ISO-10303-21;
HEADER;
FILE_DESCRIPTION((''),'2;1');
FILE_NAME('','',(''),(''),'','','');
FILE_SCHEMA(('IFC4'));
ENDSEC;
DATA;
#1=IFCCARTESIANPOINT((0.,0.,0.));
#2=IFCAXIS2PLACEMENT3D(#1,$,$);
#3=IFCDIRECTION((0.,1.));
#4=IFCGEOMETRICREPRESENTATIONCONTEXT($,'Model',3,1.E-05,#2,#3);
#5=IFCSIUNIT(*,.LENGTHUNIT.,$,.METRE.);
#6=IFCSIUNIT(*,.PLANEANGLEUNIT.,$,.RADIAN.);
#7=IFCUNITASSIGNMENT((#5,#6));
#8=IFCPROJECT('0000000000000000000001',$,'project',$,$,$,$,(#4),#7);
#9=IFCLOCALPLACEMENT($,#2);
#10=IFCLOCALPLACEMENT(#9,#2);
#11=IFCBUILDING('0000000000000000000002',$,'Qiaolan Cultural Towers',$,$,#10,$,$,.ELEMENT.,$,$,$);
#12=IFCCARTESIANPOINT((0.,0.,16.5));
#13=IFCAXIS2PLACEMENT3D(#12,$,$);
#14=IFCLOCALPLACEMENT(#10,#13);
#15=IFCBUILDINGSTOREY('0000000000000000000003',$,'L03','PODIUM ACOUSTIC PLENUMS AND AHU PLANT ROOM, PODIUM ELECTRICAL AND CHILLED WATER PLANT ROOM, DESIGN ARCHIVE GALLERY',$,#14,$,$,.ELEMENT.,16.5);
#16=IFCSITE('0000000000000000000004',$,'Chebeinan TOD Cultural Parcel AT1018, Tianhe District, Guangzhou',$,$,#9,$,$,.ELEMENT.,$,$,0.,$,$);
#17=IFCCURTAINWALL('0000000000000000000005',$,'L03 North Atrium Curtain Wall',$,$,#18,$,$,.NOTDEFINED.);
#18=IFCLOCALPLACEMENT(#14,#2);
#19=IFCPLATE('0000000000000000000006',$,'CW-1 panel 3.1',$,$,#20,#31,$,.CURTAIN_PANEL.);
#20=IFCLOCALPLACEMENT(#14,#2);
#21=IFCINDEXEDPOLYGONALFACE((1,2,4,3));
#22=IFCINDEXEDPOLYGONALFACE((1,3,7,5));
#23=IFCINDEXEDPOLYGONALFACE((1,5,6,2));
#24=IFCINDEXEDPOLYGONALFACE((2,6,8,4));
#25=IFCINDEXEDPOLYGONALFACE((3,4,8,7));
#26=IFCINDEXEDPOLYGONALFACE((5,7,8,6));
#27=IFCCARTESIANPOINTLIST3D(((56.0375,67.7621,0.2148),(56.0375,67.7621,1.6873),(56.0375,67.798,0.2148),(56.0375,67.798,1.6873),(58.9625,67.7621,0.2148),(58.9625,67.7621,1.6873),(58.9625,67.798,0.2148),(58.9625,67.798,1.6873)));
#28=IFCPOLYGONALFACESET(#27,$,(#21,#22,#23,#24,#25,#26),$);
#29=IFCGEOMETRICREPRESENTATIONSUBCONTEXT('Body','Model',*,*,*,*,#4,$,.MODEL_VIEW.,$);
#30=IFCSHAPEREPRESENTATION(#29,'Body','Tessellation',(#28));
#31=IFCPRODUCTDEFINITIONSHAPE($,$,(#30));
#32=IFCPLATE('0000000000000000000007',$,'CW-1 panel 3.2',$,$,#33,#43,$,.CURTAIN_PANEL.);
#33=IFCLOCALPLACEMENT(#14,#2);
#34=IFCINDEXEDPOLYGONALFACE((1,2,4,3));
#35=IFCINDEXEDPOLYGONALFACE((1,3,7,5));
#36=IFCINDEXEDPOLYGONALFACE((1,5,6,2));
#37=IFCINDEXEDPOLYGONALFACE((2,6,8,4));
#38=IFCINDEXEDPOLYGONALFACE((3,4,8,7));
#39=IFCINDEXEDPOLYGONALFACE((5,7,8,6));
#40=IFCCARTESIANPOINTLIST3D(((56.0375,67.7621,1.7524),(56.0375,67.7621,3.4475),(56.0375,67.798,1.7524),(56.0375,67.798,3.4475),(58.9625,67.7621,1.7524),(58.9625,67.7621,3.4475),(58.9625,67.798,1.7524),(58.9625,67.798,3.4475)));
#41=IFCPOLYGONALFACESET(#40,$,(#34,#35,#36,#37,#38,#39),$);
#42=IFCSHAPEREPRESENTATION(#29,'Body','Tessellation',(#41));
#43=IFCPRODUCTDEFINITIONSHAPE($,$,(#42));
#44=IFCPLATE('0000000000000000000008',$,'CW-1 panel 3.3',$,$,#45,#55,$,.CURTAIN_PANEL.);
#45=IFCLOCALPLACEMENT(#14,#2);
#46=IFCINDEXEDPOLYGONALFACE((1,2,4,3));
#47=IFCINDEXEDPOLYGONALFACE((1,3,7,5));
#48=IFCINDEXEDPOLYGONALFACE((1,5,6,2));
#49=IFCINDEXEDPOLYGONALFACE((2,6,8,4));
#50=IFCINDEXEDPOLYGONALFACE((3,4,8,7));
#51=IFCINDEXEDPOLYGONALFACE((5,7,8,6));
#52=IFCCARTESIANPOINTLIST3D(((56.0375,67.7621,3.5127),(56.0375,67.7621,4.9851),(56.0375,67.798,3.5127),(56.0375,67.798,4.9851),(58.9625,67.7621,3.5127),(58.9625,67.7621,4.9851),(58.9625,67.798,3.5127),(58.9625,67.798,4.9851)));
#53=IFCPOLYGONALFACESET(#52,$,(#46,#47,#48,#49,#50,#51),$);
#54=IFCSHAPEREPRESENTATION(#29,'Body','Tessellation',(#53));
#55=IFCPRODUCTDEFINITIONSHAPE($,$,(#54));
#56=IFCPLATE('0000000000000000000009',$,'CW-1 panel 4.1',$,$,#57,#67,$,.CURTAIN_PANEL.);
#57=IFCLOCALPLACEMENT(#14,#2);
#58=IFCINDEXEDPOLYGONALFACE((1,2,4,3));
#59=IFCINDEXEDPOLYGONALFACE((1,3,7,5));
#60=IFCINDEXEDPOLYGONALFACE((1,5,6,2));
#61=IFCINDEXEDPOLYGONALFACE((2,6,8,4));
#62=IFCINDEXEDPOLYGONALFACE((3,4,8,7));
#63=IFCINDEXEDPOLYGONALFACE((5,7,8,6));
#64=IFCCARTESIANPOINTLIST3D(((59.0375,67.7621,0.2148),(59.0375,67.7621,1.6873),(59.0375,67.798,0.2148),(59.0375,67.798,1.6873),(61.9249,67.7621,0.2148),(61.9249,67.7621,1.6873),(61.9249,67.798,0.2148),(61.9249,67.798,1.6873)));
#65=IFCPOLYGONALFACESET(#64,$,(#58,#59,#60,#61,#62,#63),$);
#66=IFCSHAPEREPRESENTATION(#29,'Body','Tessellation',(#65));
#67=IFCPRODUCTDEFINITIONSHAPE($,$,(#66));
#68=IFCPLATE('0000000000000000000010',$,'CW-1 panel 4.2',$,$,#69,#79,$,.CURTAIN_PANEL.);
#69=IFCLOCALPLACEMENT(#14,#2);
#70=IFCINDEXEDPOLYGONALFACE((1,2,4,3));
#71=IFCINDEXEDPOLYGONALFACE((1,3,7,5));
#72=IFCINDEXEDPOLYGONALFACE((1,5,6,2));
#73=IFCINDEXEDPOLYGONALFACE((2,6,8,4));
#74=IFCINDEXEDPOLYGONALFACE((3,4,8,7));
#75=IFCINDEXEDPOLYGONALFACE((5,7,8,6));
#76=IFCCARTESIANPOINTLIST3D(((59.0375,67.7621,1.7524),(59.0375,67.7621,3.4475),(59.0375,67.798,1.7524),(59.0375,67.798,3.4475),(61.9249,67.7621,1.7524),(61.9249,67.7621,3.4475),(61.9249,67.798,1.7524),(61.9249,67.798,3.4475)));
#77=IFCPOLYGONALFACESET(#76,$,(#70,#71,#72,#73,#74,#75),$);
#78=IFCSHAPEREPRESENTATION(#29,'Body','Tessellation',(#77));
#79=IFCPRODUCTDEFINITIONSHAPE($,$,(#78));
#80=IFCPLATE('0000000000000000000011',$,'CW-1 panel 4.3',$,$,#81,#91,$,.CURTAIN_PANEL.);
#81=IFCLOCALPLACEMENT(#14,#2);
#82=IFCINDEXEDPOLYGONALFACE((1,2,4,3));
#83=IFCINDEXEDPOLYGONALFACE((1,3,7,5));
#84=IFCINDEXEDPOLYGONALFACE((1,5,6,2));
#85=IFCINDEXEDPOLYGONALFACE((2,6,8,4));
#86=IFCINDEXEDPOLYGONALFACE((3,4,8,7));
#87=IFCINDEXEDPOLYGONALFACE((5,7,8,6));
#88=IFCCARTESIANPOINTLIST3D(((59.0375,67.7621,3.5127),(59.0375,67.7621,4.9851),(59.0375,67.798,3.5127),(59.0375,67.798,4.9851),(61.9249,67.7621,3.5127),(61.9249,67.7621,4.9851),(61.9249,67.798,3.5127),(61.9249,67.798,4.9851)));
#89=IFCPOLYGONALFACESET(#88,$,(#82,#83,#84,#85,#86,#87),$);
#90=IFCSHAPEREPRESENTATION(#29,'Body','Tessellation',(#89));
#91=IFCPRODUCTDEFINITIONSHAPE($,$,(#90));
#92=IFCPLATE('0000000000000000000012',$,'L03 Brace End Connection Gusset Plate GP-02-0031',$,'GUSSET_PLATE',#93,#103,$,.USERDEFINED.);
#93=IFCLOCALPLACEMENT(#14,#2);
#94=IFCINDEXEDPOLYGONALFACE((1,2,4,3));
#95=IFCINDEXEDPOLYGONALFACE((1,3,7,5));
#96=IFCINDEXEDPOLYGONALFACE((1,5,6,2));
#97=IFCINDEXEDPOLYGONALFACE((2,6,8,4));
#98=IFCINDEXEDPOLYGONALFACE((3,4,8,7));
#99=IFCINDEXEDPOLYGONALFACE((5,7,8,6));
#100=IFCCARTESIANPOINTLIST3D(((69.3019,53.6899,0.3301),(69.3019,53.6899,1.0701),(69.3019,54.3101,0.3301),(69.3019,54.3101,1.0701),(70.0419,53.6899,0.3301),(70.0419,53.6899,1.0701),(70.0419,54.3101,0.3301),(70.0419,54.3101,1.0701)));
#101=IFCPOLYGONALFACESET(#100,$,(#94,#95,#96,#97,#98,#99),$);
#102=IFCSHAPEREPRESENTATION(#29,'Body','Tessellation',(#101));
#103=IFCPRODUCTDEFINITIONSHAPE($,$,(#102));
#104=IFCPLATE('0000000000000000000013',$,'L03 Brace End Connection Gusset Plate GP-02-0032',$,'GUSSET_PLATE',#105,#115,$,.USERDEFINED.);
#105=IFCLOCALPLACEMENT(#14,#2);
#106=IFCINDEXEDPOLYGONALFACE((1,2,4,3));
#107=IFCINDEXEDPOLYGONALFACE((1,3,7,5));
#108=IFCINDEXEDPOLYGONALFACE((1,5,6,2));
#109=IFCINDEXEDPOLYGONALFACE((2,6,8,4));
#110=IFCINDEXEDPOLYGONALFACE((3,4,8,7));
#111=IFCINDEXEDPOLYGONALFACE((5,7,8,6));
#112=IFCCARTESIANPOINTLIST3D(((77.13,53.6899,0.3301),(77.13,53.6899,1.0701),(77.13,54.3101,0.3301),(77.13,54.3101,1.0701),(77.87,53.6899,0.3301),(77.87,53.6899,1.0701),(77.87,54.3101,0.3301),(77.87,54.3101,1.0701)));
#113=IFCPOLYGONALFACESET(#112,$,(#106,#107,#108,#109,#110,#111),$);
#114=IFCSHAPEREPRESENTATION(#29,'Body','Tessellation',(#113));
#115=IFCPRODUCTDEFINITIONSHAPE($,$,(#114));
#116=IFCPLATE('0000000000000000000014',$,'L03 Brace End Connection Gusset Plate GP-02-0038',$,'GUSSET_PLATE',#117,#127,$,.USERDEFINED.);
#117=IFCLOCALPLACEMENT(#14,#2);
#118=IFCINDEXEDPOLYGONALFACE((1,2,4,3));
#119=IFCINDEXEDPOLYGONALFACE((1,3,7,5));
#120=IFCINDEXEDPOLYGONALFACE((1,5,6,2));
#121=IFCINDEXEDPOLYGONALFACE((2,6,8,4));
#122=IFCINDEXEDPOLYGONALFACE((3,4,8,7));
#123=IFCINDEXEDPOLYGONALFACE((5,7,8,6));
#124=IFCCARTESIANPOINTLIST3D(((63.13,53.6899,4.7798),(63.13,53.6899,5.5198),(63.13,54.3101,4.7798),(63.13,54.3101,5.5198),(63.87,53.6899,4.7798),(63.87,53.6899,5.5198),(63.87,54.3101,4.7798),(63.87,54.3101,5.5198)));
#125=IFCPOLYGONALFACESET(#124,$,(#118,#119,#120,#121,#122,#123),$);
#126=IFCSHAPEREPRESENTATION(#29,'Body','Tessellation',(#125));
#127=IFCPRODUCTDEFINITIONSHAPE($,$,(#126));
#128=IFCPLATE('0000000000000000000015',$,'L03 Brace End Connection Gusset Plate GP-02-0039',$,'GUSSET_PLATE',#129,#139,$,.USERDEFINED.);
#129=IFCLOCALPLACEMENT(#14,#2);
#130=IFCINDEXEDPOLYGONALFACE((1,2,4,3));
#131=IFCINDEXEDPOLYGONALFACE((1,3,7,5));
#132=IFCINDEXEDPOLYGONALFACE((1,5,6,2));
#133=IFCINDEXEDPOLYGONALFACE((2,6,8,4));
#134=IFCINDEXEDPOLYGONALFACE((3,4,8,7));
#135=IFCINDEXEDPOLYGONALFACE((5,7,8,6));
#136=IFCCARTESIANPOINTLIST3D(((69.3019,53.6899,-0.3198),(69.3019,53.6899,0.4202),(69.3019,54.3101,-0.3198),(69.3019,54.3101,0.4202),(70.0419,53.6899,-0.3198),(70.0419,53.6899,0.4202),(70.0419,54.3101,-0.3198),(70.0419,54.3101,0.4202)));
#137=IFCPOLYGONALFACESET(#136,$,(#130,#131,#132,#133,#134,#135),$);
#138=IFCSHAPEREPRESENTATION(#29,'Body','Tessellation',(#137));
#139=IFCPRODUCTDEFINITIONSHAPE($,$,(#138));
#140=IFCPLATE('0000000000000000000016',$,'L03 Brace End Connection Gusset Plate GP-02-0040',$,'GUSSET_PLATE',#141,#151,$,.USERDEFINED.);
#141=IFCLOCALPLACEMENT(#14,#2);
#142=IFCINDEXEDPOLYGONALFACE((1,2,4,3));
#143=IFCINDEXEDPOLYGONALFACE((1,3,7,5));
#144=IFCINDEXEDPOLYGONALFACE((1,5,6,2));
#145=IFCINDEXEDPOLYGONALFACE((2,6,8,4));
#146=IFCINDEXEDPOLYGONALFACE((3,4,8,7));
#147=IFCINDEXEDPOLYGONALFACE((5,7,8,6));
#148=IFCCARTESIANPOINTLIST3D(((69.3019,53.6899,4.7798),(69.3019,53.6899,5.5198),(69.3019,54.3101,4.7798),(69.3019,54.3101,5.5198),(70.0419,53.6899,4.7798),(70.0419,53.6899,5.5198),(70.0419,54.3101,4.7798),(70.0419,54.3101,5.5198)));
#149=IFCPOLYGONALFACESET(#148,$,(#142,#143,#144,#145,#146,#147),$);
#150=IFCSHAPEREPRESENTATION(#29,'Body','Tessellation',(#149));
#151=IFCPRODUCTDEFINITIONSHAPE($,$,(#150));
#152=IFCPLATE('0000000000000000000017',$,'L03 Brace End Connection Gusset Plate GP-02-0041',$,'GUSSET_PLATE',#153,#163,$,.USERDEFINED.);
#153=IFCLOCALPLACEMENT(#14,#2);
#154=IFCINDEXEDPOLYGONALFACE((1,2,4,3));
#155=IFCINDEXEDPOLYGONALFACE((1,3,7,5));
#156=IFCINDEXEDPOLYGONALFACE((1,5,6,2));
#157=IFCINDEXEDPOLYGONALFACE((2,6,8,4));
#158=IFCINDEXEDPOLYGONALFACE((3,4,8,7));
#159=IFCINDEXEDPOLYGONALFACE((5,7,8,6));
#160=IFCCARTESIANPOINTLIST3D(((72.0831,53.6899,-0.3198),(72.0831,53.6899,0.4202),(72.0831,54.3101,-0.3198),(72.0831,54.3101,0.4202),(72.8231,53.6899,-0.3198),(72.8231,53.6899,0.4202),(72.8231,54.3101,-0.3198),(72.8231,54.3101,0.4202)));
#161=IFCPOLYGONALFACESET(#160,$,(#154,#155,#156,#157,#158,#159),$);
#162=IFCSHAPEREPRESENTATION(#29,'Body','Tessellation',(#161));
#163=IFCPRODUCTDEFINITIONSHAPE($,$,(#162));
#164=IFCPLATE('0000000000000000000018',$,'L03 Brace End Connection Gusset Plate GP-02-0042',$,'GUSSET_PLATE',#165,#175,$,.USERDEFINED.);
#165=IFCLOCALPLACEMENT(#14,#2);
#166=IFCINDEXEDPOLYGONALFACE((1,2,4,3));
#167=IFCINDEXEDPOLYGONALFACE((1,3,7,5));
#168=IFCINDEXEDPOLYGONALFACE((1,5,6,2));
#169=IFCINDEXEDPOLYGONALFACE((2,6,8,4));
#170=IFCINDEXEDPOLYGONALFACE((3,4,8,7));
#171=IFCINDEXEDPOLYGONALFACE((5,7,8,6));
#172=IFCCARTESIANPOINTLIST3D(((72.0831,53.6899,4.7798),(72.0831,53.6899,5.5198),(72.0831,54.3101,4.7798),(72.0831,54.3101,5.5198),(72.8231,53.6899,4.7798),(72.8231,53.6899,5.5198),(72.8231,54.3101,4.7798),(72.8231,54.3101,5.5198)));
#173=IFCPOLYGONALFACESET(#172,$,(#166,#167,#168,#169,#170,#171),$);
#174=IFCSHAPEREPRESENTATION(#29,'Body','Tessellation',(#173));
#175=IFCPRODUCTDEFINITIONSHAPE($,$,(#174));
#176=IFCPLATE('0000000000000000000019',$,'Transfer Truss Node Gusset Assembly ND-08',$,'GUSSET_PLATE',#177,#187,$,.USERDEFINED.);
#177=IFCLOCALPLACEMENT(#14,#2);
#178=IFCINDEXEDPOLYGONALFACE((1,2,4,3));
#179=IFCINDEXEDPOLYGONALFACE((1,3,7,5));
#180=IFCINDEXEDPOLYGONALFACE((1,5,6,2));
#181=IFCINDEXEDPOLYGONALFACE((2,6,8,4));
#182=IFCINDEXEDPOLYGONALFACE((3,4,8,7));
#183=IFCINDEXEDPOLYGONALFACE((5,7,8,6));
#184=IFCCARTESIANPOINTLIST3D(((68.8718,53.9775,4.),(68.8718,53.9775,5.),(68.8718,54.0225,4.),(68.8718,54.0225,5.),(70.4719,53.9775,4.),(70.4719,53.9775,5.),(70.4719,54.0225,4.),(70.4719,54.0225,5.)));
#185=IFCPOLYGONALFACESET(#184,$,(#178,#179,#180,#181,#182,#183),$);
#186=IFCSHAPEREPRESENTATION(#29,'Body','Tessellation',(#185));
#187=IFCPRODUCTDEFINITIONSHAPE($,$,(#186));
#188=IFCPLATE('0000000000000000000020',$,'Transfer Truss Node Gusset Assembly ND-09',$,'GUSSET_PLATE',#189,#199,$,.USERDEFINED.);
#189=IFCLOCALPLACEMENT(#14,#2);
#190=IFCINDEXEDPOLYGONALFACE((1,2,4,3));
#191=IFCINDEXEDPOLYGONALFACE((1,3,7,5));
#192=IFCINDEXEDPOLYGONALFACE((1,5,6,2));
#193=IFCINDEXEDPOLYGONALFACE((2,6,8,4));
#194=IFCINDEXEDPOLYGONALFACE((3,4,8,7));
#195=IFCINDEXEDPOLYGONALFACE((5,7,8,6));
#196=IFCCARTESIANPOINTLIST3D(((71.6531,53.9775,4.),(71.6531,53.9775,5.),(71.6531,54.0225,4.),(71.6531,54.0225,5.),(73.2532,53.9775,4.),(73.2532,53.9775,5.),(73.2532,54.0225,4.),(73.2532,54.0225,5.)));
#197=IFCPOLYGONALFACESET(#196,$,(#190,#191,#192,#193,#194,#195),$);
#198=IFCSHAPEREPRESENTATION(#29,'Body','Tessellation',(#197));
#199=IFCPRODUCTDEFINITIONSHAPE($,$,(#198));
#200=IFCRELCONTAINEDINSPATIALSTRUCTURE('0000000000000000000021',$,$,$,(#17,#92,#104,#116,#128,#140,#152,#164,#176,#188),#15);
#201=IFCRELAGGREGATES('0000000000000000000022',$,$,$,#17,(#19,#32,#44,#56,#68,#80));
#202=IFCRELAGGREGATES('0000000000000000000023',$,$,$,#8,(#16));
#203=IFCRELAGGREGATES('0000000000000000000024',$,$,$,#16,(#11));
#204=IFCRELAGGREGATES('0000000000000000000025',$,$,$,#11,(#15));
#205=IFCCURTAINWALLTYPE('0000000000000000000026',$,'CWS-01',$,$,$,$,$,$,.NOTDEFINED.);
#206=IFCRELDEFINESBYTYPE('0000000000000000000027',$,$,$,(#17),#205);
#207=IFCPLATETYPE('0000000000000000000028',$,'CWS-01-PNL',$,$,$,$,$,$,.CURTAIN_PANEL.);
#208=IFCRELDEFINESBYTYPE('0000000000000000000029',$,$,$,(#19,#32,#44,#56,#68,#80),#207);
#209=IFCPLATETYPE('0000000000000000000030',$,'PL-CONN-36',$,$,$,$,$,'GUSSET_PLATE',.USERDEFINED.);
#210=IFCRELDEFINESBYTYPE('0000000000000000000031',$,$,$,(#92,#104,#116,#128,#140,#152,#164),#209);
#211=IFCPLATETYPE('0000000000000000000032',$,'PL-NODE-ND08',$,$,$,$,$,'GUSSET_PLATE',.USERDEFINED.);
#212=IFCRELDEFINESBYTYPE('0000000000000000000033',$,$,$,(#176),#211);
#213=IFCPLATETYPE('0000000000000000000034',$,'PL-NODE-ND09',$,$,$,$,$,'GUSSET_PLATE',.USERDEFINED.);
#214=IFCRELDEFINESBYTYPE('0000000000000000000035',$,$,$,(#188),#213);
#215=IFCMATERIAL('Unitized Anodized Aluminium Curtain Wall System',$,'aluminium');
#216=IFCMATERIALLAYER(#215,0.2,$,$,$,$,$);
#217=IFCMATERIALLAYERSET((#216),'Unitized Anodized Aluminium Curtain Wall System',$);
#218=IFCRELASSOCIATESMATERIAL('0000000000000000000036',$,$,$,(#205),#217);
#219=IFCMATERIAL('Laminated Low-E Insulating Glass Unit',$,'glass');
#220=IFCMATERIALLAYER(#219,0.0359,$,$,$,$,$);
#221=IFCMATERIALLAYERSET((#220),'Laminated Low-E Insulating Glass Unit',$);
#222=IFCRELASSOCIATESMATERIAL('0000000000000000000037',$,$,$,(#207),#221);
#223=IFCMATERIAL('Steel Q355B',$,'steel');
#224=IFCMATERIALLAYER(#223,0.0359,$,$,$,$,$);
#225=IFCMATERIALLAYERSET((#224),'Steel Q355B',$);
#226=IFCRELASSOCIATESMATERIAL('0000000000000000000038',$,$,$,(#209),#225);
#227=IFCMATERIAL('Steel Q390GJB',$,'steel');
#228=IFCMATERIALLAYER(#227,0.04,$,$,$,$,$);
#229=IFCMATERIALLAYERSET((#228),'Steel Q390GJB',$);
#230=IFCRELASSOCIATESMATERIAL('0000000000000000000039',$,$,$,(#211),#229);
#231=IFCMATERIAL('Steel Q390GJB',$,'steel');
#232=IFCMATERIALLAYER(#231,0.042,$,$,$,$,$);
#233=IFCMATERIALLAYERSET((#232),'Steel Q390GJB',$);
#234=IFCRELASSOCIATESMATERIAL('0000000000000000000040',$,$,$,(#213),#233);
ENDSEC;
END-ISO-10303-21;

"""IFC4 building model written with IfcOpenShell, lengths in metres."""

from ifc_helpers import new_model, si_unit, direction, frame, origin, origin_2d, place, context, subcontext, project, spatial, rectangle, extrude, material, layer, layer_set, type_object, element, aggregate, save


model = new_model("IFC4")

# Units and contexts
model_context = context("Model", 3, precision=1e-05, world=origin(), true_north=direction((0.0, 1.0)))
body_context = subcontext(model_context, "Body", "Model", "MODEL_VIEW")
ifc_project = project(units=[si_unit("LENGTHUNIT", "METRE"), si_unit("PLANEANGLEUNIT", "RADIAN")], contexts=[model_context])

# Site, building, storey
site_placement = place(None, origin())
site = spatial("IfcSite", under=ifc_project, at=site_placement, Name="Chebeinan TOD Cultural Parcel AT1018, Tianhe District, Guangzhou", CompositionType="ELEMENT", RefElevation=0.0)
building_placement = place(site_placement, origin())
building = spatial("IfcBuilding", under=site, at=building_placement, Name="Qiaolan Cultural Towers", CompositionType="ELEMENT")
storey_placement = place(building_placement, frame((0.0, 0.0, 16.5)))
storey = spatial("IfcBuildingStorey", under=building, at=storey_placement, Name="L03", Description="PODIUM ACOUSTIC PLENUMS AND AHU PLANT ROOM, PODIUM ELECTRICAL AND CHILLED WATER PLANT ROOM, DESIGN ARCHIVE GALLERY", CompositionType="ELEMENT", Elevation=16.5)

# Curtain wall
ifc_material_1 = material(Name="Unitized Anodized Aluminium Curtain Wall System", Category="aluminium")
ifc_layer_1 = layer(ifc_material_1, 0.2)
ifc_layer_set_1 = layer_set([ifc_layer_1], Name="Unitized Anodized Aluminium Curtain Wall System")
curtain_wall_type = type_object("IfcCurtainWallType", Name="CWS-01", PredefinedType="NOTDEFINED", material=ifc_layer_set_1)
curtain_wall_placement = place(storey_placement, origin())
curtain_wall = element("IfcCurtainWall", 1, at=curtain_wall_placement, inside=storey, type_object=curtain_wall_type, Name="L03 North Atrium Curtain Wall", PredefinedType="NOTDEFINED")

# Plates
ifc_material_2 = material(Name="Laminated Low-E Insulating Glass Unit", Category="glass")
ifc_layer_2 = layer(ifc_material_2, 0.0359)
ifc_layer_set_2 = layer_set([ifc_layer_2], Name="Laminated Low-E Insulating Glass Unit")
plate_type_1 = type_object("IfcPlateType", Name="CWS-01-PNL", PredefinedType="CURTAIN_PANEL", material=ifc_layer_set_2)
plate_1_placement = place(storey_placement, frame((57.5, 67.78, 0.2148), z_axis=(0.0, 0.0, 1.0), x_axis=(1.0, 0.0, 0.0)))
plate_1 = element("IfcPlate", 2, at=plate_1_placement, type_object=plate_type_1, Name="CW-1 panel 3.1", PredefinedType="CURTAIN_PANEL", context=body_context, shape_type="SweptSolid", body=[
    extrude(rectangle(XDim=2.925, YDim=0.0359, at=origin_2d()), origin(), (0.0, 0.0, 1.0), 1.4724),
])
plate_2_placement = place(storey_placement, frame((57.5, 67.78, 1.7524), z_axis=(0.0, 0.0, 1.0), x_axis=(1.0, 0.0, 0.0)))
plate_2 = element("IfcPlate", 3, at=plate_2_placement, type_object=plate_type_1, Name="CW-1 panel 3.2", PredefinedType="CURTAIN_PANEL", context=body_context, shape_type="SweptSolid", body=[
    extrude(rectangle(XDim=2.925, YDim=0.0359, at=origin_2d()), origin(), (0.0, 0.0, 1.0), 1.6951),
])
plate_3_placement = place(storey_placement, frame((57.5, 67.78, 3.5127), z_axis=(0.0, 0.0, 1.0), x_axis=(1.0, 0.0, 0.0)))
plate_3 = element("IfcPlate", 4, at=plate_3_placement, type_object=plate_type_1, Name="CW-1 panel 3.3", PredefinedType="CURTAIN_PANEL", context=body_context, shape_type="SweptSolid", body=[
    extrude(rectangle(XDim=2.925, YDim=0.0359, at=origin_2d()), origin(), (0.0, 0.0, 1.0), 1.4724),
])
plate_4_placement = place(storey_placement, frame((60.4812, 67.78, 0.2148), z_axis=(0.0, 0.0, 1.0), x_axis=(1.0, 0.0, 0.0)))
plate_4 = element("IfcPlate", 5, at=plate_4_placement, type_object=plate_type_1, Name="CW-1 panel 4.1", PredefinedType="CURTAIN_PANEL", context=body_context, shape_type="SweptSolid", body=[
    extrude(rectangle(XDim=2.8875, YDim=0.0359, at=origin_2d()), origin(), (0.0, 0.0, 1.0), 1.4724),
])
plate_5_placement = place(storey_placement, frame((60.4812, 67.78, 1.7524), z_axis=(0.0, 0.0, 1.0), x_axis=(1.0, 0.0, 0.0)))
plate_5 = element("IfcPlate", 6, at=plate_5_placement, type_object=plate_type_1, Name="CW-1 panel 4.2", PredefinedType="CURTAIN_PANEL", context=body_context, shape_type="SweptSolid", body=[
    extrude(rectangle(XDim=2.8875, YDim=0.0359, at=origin_2d()), origin(), (0.0, 0.0, 1.0), 1.6951),
])
plate_6_placement = place(storey_placement, frame((60.4812, 67.78, 3.5127), z_axis=(0.0, 0.0, 1.0), x_axis=(1.0, 0.0, 0.0)))
plate_6 = element("IfcPlate", 7, at=plate_6_placement, type_object=plate_type_1, Name="CW-1 panel 4.3", PredefinedType="CURTAIN_PANEL", context=body_context, shape_type="SweptSolid", body=[
    extrude(rectangle(XDim=2.8875, YDim=0.0359, at=origin_2d()), origin(), (0.0, 0.0, 1.0), 1.4724),
])
aggregate(curtain_wall, [plate_1, plate_2, plate_3, plate_4, plate_5, plate_6])

# Plates
ifc_material_3 = material(Name="Steel Q355B", Category="steel")
ifc_layer_3 = layer(ifc_material_3, 0.0359)
ifc_layer_set_3 = layer_set([ifc_layer_3], Name="Steel Q355B")
plate_type_2 = type_object("IfcPlateType", Name="PL-CONN-36", ElementType="GUSSET_PLATE", PredefinedType="USERDEFINED", material=ifc_layer_set_3)
for number, where, z_axis, x_axis, name in (
    (8, (69.6719, 54.0, 0.3301), (0.0, 0.0, 1.0), (1.0, 0.0, 0.0), "L03 Brace End Connection Gusset Plate GP-02-0031"),
    (9, (77.5, 54.0, 0.3301), (0.0, 0.0, 1.0), (1.0, 0.0, 0.0), "L03 Brace End Connection Gusset Plate GP-02-0032"),
    (10, (63.5, 54.0, 4.7798), (0.0, 0.0, 1.0), (1.0, 0.0, 0.0), "L03 Brace End Connection Gusset Plate GP-02-0038"),
    (11, (69.6719, 54.0, -0.3198), (0.0, 0.0, 1.0), (1.0, 0.0, 0.0), "L03 Brace End Connection Gusset Plate GP-02-0039"),
    (12, (69.6719, 54.0, 4.7798), (0.0, 0.0, 1.0), (1.0, 0.0, 0.0), "L03 Brace End Connection Gusset Plate GP-02-0040"),
    (13, (72.4531, 54.0, -0.3198), (0.0, 0.0, 1.0), (1.0, 0.0, 0.0), "L03 Brace End Connection Gusset Plate GP-02-0041"),
    (14, (72.4531, 54.0, 4.7798), (0.0, 0.0, 1.0), (1.0, 0.0, 0.0), "L03 Brace End Connection Gusset Plate GP-02-0042"),
):
    element("IfcPlate", number, at=place(storey_placement, frame(where, z_axis=z_axis, x_axis=x_axis)), inside=storey, type_object=plate_type_2, Name=name, ObjectType="GUSSET_PLATE", PredefinedType="USERDEFINED", context=body_context, shape_type="SweptSolid", body=[
        extrude(rectangle(XDim=0.74, YDim=0.6201, at=origin_2d()), origin(), (0.0, 0.0, 1.0), 0.74),
    ])
ifc_material_4 = material(Name="Steel Q390GJB", Category="steel")
ifc_layer_4 = layer(ifc_material_4, 0.04)
ifc_layer_set_4 = layer_set([ifc_layer_4], Name="Steel Q390GJB")
plate_type_3 = type_object("IfcPlateType", Name="PL-NODE-ND08", ElementType="GUSSET_PLATE", PredefinedType="USERDEFINED", material=ifc_layer_set_4)
plate_7_placement = place(storey_placement, frame((69.6719, 54.0, 4.0), z_axis=(0.0, 0.0, 1.0), x_axis=(1.0, 0.0, 0.0)))
element("IfcPlate", 15, at=plate_7_placement, inside=storey, type_object=plate_type_3, Name="Transfer Truss Node Gusset Assembly ND-08", ObjectType="GUSSET_PLATE", PredefinedType="USERDEFINED", context=body_context, shape_type="SweptSolid", body=[
    extrude(rectangle(XDim=1.6001, YDim=0.0449, at=origin_2d()), origin(), (0.0, 0.0, 1.0), 1.0),
])
ifc_material_5 = material(Name="Steel Q390GJB", Category="steel")
ifc_layer_5 = layer(ifc_material_5, 0.042)
ifc_layer_set_5 = layer_set([ifc_layer_5], Name="Steel Q390GJB")
plate_type_4 = type_object("IfcPlateType", Name="PL-NODE-ND09", ElementType="GUSSET_PLATE", PredefinedType="USERDEFINED", material=ifc_layer_set_5)
plate_8_placement = place(storey_placement, frame((72.4531, 54.0, 4.0), z_axis=(0.0, 0.0, 1.0), x_axis=(1.0, 0.0, 0.0)))
element("IfcPlate", 16, at=plate_8_placement, inside=storey, type_object=plate_type_4, Name="Transfer Truss Node Gusset Assembly ND-09", ObjectType="GUSSET_PLATE", PredefinedType="USERDEFINED", context=body_context, shape_type="SweptSolid", body=[
    extrude(rectangle(XDim=1.6001, YDim=0.0449, at=origin_2d()), origin(), (0.0, 0.0, 1.0), 1.0),
])

save(model, "model.ifc")
